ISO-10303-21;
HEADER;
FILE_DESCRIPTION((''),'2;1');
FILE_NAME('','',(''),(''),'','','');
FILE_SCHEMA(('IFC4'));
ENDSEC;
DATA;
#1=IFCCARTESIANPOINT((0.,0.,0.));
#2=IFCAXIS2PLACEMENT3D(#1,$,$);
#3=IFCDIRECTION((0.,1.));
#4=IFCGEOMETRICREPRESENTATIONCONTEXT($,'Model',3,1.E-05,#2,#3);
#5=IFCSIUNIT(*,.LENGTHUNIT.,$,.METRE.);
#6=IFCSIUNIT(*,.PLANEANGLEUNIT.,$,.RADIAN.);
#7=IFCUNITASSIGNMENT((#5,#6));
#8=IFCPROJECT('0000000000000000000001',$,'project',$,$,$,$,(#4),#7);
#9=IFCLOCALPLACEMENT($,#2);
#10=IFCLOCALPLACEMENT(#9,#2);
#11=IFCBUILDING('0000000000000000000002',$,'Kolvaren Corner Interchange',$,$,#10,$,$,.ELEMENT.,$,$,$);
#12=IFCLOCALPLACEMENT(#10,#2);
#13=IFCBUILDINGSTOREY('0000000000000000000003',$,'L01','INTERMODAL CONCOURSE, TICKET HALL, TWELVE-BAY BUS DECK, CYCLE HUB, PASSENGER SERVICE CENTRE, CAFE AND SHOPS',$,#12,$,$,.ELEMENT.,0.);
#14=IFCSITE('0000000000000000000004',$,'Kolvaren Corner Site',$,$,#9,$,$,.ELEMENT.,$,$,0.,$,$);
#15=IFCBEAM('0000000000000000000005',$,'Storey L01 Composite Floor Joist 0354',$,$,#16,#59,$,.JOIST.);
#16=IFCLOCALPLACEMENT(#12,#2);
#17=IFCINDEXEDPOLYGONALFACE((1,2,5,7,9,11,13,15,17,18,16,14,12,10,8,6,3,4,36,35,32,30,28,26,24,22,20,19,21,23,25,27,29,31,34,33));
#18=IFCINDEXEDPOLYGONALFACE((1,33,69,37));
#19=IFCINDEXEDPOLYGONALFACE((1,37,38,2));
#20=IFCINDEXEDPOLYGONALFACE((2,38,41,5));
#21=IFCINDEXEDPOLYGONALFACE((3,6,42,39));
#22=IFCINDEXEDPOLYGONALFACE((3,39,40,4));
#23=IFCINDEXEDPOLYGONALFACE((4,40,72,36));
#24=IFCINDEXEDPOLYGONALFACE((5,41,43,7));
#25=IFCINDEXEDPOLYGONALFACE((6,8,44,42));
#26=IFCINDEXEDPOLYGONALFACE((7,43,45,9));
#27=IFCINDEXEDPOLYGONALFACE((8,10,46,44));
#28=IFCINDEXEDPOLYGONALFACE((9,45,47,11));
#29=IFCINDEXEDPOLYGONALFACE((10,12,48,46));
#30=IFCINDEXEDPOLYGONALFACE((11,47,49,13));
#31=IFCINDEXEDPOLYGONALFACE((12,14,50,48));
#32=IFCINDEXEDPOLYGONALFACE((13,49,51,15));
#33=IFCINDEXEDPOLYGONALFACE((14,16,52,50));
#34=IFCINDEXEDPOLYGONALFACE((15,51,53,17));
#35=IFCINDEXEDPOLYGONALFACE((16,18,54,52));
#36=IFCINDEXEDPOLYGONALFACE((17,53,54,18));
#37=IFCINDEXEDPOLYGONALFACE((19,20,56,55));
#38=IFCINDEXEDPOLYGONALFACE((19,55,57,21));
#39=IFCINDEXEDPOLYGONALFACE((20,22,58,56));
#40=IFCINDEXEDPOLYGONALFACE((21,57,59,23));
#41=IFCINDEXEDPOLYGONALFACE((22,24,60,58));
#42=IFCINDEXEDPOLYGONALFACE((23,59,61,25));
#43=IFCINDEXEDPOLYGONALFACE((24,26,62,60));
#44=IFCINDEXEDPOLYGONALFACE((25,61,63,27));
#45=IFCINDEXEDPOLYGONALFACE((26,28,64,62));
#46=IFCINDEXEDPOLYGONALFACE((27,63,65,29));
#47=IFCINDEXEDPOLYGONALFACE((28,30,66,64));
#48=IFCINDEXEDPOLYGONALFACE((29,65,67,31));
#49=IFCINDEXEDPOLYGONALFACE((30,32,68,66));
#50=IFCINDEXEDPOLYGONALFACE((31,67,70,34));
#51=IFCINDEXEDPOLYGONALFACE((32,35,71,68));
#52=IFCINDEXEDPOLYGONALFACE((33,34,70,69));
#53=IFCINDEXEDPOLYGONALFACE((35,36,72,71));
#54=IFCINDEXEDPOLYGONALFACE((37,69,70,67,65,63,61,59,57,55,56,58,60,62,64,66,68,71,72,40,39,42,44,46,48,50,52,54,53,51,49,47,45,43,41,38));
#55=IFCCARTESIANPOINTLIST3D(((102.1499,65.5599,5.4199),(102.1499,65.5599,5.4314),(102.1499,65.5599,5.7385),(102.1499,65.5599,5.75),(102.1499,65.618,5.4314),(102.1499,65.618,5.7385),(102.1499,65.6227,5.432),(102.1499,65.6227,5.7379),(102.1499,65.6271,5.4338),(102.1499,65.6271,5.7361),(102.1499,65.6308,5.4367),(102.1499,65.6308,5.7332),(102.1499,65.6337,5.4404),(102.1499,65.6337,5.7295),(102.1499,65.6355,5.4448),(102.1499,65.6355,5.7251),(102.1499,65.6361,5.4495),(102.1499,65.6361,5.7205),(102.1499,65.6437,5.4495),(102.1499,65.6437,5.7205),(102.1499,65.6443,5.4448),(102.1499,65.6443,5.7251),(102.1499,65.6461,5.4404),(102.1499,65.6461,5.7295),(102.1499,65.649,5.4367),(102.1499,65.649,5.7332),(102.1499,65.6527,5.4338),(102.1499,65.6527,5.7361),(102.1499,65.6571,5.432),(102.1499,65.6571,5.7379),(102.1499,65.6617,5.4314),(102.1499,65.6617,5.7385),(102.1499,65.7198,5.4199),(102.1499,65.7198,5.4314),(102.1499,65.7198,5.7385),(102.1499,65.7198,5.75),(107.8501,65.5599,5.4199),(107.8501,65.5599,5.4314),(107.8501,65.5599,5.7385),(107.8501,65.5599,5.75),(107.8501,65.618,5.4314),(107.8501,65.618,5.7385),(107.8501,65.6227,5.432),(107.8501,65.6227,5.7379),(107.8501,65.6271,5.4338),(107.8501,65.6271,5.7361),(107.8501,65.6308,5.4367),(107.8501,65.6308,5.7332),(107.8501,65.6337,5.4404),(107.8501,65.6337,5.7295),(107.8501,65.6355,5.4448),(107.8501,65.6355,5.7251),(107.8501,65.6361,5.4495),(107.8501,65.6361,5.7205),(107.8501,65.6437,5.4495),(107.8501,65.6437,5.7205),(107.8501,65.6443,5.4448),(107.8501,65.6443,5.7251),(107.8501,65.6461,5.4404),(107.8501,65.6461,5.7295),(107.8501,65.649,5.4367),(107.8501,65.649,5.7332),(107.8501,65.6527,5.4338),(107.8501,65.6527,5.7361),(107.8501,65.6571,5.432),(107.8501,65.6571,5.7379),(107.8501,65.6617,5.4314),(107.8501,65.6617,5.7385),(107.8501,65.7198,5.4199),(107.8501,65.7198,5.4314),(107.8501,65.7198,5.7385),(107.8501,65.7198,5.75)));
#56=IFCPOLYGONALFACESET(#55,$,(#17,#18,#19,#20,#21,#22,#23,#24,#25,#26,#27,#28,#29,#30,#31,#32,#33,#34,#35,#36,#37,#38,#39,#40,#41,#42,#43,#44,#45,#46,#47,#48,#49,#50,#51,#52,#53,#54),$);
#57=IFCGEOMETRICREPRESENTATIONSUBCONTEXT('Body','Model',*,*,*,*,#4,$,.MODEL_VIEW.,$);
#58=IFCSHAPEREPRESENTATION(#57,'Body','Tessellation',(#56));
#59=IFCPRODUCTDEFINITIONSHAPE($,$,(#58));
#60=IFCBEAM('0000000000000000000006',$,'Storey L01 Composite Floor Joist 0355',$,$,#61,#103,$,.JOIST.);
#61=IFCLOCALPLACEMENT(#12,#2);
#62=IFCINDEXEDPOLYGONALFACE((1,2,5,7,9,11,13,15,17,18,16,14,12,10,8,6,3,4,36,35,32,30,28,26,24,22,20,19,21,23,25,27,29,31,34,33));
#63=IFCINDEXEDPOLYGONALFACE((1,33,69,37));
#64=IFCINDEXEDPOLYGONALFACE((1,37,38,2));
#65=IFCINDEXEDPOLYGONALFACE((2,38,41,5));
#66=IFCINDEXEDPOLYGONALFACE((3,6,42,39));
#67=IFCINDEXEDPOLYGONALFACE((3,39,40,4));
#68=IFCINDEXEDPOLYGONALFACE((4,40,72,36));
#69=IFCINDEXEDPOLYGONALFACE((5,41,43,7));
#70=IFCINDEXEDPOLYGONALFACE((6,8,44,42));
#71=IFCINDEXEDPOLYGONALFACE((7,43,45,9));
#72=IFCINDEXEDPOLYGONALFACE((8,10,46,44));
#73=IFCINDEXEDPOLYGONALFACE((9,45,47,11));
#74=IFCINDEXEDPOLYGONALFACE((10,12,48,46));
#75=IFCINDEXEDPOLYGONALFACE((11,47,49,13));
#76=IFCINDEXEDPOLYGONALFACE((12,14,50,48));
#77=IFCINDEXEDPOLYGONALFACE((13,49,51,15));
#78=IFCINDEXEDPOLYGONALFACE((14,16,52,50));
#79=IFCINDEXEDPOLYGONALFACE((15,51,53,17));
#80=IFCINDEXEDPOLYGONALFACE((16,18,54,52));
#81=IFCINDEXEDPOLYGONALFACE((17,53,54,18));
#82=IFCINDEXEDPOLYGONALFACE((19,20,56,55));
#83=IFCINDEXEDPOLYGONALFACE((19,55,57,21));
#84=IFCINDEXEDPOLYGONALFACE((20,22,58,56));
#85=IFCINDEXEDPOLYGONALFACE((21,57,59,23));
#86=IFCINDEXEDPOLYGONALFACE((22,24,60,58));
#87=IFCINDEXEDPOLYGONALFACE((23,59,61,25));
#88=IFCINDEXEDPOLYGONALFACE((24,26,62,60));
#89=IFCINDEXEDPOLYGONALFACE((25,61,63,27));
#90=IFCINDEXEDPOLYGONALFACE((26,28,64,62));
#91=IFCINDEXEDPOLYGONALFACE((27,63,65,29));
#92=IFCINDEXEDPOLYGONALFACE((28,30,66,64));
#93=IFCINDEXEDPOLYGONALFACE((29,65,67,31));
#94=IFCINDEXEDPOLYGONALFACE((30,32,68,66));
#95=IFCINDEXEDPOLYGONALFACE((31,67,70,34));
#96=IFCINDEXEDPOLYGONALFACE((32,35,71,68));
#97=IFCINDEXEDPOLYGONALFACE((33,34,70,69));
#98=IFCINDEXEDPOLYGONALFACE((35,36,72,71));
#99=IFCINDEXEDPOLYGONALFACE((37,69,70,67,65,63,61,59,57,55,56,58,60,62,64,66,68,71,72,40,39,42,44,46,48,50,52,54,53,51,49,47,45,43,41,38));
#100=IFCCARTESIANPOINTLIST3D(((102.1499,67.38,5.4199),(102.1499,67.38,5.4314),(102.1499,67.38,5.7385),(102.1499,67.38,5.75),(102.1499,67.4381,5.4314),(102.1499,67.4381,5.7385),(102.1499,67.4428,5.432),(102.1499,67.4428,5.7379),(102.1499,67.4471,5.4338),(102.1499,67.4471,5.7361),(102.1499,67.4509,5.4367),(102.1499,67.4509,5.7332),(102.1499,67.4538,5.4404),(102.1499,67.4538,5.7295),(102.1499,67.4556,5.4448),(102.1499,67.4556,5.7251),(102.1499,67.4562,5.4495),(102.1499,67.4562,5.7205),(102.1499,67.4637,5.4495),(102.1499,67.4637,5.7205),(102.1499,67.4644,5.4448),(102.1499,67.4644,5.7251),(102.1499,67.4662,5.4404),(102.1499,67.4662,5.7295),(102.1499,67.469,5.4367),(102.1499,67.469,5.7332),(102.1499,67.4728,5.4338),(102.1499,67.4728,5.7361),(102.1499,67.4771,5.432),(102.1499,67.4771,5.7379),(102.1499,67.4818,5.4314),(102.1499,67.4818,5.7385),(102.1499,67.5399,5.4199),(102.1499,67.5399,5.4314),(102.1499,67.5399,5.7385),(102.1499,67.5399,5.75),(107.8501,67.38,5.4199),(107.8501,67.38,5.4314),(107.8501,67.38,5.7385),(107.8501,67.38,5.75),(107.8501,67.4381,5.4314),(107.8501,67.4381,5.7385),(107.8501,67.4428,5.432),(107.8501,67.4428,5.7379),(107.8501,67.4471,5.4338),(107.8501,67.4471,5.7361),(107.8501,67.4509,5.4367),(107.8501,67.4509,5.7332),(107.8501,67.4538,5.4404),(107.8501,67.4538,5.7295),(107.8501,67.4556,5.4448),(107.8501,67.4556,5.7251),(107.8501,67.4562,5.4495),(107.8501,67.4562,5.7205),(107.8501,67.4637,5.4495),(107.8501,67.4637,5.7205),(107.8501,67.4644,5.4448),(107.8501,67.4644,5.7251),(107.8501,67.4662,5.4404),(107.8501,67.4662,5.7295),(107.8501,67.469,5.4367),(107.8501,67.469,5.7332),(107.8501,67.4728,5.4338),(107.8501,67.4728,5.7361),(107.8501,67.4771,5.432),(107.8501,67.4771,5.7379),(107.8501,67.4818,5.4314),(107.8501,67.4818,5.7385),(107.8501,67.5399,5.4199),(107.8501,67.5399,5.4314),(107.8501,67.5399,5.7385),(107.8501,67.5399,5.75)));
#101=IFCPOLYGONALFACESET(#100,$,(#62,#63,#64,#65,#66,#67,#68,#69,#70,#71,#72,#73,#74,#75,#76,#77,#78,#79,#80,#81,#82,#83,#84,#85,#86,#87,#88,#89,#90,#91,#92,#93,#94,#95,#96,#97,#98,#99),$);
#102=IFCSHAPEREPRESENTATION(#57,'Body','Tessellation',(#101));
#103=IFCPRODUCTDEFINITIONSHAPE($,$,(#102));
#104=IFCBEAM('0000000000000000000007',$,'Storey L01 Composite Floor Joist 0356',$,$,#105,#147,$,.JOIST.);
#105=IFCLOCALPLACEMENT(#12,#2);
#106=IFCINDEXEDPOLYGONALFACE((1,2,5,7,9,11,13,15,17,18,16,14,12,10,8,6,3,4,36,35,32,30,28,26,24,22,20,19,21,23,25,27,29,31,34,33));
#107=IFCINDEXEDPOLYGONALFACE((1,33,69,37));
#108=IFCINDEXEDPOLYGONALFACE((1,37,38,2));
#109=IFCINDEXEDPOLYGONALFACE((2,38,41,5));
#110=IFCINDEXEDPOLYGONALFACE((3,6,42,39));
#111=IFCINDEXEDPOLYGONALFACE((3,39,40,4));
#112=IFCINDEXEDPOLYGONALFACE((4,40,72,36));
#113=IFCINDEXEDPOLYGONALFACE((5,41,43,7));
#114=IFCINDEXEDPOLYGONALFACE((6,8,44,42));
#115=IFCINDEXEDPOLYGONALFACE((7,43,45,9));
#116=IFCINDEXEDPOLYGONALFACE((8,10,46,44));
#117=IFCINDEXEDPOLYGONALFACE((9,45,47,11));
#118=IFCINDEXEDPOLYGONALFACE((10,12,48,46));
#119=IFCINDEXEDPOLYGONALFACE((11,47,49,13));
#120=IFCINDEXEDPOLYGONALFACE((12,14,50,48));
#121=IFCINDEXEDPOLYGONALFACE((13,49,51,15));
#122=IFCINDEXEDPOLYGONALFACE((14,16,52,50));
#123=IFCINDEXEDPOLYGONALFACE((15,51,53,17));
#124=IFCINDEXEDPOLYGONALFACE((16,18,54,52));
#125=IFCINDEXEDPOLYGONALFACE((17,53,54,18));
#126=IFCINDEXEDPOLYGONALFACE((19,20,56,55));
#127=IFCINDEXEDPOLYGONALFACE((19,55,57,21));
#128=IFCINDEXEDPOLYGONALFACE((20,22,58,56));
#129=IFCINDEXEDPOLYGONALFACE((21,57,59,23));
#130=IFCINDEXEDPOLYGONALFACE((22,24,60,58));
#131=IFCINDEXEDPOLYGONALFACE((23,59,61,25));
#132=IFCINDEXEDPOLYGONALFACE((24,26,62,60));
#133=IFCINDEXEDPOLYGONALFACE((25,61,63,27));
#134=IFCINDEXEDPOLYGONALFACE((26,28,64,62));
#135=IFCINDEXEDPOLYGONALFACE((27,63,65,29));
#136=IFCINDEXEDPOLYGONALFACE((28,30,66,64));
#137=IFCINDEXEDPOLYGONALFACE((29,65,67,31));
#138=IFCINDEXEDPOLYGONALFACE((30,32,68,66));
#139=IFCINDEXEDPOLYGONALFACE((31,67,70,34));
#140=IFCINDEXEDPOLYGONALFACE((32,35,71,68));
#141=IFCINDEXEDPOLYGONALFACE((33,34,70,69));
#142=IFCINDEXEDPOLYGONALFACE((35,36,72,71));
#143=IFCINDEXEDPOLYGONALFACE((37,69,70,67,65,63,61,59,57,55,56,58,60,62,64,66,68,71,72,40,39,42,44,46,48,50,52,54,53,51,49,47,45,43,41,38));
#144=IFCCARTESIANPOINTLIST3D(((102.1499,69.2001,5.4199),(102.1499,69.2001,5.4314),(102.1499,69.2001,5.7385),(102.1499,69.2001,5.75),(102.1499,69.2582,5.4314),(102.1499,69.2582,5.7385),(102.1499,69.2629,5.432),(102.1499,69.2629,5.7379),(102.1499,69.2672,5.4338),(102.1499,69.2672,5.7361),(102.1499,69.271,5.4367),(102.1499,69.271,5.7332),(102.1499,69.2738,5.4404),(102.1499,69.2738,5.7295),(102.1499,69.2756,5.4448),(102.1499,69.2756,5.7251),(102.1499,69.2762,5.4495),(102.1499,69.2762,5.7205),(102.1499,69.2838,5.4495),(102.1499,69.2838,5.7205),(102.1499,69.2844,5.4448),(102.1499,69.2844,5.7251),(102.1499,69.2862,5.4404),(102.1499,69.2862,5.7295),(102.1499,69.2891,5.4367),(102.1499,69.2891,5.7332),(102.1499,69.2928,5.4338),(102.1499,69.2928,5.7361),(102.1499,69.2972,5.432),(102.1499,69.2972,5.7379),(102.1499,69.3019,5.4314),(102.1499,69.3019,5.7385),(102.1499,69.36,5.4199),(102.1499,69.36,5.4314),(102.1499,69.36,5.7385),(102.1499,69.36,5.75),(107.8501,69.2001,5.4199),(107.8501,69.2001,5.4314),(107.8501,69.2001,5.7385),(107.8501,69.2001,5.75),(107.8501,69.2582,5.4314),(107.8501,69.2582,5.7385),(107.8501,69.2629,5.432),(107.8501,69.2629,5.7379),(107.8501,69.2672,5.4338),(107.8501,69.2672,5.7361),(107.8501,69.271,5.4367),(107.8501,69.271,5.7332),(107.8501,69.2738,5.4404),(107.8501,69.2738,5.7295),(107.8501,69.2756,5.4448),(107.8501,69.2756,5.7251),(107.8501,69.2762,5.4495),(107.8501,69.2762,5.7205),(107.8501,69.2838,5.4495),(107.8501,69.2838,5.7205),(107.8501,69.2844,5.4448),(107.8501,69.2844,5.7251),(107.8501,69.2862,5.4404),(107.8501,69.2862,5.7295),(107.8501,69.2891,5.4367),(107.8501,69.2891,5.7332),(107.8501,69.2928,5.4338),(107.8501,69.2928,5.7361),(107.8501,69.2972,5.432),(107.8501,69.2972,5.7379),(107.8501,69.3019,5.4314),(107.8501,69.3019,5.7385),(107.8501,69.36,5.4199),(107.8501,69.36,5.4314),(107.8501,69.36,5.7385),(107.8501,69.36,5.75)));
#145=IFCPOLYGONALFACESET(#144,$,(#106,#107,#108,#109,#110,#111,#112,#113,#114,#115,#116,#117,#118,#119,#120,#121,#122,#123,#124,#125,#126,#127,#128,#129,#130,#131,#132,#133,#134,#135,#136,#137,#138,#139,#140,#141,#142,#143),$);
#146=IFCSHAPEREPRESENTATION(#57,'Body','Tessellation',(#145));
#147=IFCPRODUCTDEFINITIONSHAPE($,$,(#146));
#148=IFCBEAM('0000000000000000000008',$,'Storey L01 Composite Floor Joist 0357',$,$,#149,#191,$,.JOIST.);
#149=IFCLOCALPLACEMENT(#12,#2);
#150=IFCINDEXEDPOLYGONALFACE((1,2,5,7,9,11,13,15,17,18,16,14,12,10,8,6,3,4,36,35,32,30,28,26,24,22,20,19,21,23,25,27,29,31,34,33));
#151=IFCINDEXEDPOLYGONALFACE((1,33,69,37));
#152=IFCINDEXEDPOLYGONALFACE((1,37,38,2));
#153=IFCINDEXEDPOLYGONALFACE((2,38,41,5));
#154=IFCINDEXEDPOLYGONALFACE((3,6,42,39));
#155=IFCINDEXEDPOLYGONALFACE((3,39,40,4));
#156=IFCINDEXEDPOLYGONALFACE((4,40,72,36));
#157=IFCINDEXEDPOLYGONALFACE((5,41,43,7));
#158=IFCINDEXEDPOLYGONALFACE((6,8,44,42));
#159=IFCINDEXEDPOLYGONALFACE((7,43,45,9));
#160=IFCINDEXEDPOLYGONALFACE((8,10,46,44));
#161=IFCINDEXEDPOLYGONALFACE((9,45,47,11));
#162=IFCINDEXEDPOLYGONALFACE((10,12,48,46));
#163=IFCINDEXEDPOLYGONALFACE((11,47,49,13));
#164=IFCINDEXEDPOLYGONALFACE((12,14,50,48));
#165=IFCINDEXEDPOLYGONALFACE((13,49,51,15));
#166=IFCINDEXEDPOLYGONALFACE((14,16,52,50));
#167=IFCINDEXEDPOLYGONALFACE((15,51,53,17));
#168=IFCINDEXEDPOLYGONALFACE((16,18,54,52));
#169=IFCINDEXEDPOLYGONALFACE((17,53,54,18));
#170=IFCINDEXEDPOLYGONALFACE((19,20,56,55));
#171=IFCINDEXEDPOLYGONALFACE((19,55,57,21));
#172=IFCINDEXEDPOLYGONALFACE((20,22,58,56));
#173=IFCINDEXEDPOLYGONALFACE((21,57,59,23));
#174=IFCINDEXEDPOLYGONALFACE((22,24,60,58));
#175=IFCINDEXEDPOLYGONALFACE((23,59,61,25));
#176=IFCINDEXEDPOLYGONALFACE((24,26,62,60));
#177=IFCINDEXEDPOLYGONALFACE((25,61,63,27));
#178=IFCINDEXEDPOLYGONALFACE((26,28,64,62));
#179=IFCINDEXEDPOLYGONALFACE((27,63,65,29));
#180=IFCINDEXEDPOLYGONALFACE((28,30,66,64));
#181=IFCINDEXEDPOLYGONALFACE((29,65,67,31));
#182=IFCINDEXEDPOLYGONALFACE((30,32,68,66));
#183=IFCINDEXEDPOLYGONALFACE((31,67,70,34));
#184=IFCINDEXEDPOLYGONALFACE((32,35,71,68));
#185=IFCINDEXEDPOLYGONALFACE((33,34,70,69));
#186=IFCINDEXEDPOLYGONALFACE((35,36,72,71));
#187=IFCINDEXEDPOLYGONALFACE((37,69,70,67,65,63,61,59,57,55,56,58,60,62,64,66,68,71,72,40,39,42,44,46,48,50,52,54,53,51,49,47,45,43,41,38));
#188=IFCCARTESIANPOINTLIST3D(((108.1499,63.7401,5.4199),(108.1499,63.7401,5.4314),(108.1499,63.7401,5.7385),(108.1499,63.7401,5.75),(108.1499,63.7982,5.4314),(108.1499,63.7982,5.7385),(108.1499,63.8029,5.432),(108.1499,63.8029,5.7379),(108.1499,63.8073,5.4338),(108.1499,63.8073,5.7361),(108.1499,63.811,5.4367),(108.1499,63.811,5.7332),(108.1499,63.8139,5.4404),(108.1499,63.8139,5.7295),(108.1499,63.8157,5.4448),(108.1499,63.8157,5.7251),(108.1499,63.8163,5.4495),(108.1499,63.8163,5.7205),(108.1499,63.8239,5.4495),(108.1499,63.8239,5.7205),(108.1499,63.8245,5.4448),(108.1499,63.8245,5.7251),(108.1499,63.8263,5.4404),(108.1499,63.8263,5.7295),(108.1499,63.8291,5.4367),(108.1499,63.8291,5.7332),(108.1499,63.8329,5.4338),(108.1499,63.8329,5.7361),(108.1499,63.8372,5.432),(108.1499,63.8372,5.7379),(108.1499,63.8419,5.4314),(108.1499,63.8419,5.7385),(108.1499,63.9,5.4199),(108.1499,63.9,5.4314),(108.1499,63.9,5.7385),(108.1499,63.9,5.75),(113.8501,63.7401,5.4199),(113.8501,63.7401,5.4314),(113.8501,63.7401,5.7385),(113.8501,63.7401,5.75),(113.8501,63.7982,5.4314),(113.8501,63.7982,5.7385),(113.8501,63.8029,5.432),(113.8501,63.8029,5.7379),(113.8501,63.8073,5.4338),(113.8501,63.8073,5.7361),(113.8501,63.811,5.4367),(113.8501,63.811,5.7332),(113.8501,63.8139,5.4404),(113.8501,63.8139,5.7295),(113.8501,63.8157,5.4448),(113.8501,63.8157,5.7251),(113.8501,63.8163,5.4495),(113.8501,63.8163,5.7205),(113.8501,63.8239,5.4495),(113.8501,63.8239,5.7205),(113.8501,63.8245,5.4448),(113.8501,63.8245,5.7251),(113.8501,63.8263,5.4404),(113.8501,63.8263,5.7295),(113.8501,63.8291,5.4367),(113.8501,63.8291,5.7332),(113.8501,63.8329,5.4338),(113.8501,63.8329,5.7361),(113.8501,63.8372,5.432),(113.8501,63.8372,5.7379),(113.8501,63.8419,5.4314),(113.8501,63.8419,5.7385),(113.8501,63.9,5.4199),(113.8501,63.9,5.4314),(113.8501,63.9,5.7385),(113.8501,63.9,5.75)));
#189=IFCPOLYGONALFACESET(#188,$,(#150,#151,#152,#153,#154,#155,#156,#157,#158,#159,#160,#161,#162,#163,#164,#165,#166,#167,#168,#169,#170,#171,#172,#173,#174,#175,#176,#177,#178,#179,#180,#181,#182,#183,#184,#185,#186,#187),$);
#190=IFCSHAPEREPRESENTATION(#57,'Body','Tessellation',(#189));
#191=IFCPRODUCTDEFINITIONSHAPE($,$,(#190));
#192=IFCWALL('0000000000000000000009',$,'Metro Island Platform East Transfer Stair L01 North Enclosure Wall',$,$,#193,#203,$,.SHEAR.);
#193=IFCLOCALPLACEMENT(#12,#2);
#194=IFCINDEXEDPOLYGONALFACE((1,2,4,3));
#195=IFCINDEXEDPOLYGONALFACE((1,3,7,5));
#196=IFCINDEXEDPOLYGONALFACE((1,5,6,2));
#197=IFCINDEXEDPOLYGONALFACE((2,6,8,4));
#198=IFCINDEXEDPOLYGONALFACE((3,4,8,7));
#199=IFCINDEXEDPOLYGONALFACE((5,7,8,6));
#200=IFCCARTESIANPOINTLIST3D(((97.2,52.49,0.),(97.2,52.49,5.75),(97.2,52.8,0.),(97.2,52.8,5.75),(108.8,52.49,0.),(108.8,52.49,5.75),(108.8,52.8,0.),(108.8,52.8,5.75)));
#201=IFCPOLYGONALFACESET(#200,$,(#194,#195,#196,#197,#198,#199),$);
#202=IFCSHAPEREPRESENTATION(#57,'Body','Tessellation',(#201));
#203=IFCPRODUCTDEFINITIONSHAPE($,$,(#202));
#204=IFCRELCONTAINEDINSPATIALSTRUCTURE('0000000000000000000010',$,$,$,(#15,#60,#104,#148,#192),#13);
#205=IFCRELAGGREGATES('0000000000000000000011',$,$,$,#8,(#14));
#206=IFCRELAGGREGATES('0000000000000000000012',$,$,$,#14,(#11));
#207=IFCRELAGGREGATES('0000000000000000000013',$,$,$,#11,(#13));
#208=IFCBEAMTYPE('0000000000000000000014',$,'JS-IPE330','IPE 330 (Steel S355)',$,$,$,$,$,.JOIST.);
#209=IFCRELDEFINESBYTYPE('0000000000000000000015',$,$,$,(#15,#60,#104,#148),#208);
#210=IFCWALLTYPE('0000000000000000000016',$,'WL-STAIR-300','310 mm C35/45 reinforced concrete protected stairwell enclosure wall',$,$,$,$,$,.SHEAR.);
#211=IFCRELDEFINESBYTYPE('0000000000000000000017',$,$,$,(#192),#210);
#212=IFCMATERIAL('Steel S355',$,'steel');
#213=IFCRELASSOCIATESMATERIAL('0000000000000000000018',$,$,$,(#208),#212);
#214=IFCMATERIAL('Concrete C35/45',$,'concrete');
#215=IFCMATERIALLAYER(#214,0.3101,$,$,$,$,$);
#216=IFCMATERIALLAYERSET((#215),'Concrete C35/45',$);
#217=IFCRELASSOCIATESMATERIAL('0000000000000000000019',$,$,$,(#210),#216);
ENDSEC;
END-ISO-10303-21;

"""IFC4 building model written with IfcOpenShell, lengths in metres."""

from ifc_helpers import new_model, si_unit, direction, frame, frame_2d, origin, origin_2d, place, context, subcontext, project, spatial, rectangle, i_section, extrude, material, layer, layer_set, material_profile, profile_set, type_object, element, save


model = new_model("IFC4")

# Units and contexts
model_context = context("Model", 3, precision=1e-05, world=origin(), true_north=direction((0.0, 1.0)))
body_context = subcontext(model_context, "Body", "Model", "MODEL_VIEW")
ifc_project = project(units=[si_unit("LENGTHUNIT", "METRE"), si_unit("PLANEANGLEUNIT", "RADIAN")], contexts=[model_context])

# Site, building, storey
site_placement = place(None, origin())
site = spatial("IfcSite", under=ifc_project, at=site_placement, Name="Kolvaren Corner Site", CompositionType="ELEMENT", RefElevation=0.0)
building_placement = place(site_placement, origin())
building = spatial("IfcBuilding", under=site, at=building_placement, Name="Kolvaren Corner Interchange", CompositionType="ELEMENT")
storey_placement = place(building_placement, origin())
storey = spatial("IfcBuildingStorey", under=building, at=storey_placement, Name="L01", Description="INTERMODAL CONCOURSE, TICKET HALL, TWELVE-BAY BUS DECK, CYCLE HUB, PASSENGER SERVICE CENTRE, CAFE AND SHOPS", CompositionType="ELEMENT", Elevation=0.0)

# Beams
ifc_material_1 = material(Name="Steel S355", Category="steel")
ifc_material_profile_1 = material_profile(ifc_material_1, i_section(OverallWidth=0.1599, OverallDepth=0.3301, WebThickness=0.0076, FlangeThickness=0.0115, FilletRadius=0.0181, at=origin_2d()), Name="IPE 330")
ifc_profile_set_1 = profile_set([ifc_material_profile_1], Name="Steel S355")
beam_type_1 = type_object("IfcBeamType", Name="JS-IPE330", Description="IPE 330 (Steel S355)", PredefinedType="JOIST", material=ifc_profile_set_1)
for number, where, z_axis, x_axis, name in (
    (1, (102.1499, 65.6399, 5.585), (1.0, 0.0, 0.0), (0.0, 1.0, 0.0), "Storey L01 Composite Floor Joist 0354"),
    (2, (102.1499, 67.46, 5.585), (1.0, 0.0, 0.0), (0.0, 1.0, 0.0), "Storey L01 Composite Floor Joist 0355"),
    (3, (102.1499, 69.28, 5.585), (1.0, 0.0, 0.0), (0.0, 1.0, 0.0), "Storey L01 Composite Floor Joist 0356"),
    (4, (108.1499, 63.8201, 5.585), (1.0, 0.0, 0.0), (0.0, 1.0, 0.0), "Storey L01 Composite Floor Joist 0357"),
):
    element("IfcBeam", number, at=place(storey_placement, frame(where, z_axis=z_axis, x_axis=x_axis)), inside=storey, type_object=beam_type_1, Name=name, PredefinedType="JOIST", context=body_context, shape_type="SweptSolid", body=[
        extrude(i_section(OverallWidth=0.1599, OverallDepth=0.3301, WebThickness=0.0076, FlangeThickness=0.0115, FilletRadius=0.0181, at=origin_2d()), origin(), (0.0, 0.0, 1.0), 5.7002),
    ])

# Wall
ifc_material_2 = material(Name="Concrete C35/45", Category="concrete")
ifc_layer = layer(ifc_material_2, 0.3101)
ifc_layer_set = layer_set([ifc_layer], Name="Concrete C35/45")
wall_type = type_object("IfcWallType", Name="WL-STAIR-300", Description="310 mm C35/45 reinforced concrete protected stairwell enclosure wall", PredefinedType="SHEAR", material=ifc_layer_set)
wall_placement = place(storey_placement, frame((97.2, 52.645, 0.0), z_axis=(0.0, 0.0, 1.0), x_axis=(1.0, 0.0, 0.0)))
element("IfcWall", 5, at=wall_placement, inside=storey, type_object=wall_type, Name="Metro Island Platform East Transfer Stair L01 North Enclosure Wall", PredefinedType="SHEAR", context=body_context, shape_type="SweptSolid", body=[
    extrude(rectangle(XDim=11.6001, YDim=0.3101, at=frame_2d((5.8, 0.0))), origin(), (0.0, 0.0, 1.0), 5.75),
])

save(model, "model.ifc")
